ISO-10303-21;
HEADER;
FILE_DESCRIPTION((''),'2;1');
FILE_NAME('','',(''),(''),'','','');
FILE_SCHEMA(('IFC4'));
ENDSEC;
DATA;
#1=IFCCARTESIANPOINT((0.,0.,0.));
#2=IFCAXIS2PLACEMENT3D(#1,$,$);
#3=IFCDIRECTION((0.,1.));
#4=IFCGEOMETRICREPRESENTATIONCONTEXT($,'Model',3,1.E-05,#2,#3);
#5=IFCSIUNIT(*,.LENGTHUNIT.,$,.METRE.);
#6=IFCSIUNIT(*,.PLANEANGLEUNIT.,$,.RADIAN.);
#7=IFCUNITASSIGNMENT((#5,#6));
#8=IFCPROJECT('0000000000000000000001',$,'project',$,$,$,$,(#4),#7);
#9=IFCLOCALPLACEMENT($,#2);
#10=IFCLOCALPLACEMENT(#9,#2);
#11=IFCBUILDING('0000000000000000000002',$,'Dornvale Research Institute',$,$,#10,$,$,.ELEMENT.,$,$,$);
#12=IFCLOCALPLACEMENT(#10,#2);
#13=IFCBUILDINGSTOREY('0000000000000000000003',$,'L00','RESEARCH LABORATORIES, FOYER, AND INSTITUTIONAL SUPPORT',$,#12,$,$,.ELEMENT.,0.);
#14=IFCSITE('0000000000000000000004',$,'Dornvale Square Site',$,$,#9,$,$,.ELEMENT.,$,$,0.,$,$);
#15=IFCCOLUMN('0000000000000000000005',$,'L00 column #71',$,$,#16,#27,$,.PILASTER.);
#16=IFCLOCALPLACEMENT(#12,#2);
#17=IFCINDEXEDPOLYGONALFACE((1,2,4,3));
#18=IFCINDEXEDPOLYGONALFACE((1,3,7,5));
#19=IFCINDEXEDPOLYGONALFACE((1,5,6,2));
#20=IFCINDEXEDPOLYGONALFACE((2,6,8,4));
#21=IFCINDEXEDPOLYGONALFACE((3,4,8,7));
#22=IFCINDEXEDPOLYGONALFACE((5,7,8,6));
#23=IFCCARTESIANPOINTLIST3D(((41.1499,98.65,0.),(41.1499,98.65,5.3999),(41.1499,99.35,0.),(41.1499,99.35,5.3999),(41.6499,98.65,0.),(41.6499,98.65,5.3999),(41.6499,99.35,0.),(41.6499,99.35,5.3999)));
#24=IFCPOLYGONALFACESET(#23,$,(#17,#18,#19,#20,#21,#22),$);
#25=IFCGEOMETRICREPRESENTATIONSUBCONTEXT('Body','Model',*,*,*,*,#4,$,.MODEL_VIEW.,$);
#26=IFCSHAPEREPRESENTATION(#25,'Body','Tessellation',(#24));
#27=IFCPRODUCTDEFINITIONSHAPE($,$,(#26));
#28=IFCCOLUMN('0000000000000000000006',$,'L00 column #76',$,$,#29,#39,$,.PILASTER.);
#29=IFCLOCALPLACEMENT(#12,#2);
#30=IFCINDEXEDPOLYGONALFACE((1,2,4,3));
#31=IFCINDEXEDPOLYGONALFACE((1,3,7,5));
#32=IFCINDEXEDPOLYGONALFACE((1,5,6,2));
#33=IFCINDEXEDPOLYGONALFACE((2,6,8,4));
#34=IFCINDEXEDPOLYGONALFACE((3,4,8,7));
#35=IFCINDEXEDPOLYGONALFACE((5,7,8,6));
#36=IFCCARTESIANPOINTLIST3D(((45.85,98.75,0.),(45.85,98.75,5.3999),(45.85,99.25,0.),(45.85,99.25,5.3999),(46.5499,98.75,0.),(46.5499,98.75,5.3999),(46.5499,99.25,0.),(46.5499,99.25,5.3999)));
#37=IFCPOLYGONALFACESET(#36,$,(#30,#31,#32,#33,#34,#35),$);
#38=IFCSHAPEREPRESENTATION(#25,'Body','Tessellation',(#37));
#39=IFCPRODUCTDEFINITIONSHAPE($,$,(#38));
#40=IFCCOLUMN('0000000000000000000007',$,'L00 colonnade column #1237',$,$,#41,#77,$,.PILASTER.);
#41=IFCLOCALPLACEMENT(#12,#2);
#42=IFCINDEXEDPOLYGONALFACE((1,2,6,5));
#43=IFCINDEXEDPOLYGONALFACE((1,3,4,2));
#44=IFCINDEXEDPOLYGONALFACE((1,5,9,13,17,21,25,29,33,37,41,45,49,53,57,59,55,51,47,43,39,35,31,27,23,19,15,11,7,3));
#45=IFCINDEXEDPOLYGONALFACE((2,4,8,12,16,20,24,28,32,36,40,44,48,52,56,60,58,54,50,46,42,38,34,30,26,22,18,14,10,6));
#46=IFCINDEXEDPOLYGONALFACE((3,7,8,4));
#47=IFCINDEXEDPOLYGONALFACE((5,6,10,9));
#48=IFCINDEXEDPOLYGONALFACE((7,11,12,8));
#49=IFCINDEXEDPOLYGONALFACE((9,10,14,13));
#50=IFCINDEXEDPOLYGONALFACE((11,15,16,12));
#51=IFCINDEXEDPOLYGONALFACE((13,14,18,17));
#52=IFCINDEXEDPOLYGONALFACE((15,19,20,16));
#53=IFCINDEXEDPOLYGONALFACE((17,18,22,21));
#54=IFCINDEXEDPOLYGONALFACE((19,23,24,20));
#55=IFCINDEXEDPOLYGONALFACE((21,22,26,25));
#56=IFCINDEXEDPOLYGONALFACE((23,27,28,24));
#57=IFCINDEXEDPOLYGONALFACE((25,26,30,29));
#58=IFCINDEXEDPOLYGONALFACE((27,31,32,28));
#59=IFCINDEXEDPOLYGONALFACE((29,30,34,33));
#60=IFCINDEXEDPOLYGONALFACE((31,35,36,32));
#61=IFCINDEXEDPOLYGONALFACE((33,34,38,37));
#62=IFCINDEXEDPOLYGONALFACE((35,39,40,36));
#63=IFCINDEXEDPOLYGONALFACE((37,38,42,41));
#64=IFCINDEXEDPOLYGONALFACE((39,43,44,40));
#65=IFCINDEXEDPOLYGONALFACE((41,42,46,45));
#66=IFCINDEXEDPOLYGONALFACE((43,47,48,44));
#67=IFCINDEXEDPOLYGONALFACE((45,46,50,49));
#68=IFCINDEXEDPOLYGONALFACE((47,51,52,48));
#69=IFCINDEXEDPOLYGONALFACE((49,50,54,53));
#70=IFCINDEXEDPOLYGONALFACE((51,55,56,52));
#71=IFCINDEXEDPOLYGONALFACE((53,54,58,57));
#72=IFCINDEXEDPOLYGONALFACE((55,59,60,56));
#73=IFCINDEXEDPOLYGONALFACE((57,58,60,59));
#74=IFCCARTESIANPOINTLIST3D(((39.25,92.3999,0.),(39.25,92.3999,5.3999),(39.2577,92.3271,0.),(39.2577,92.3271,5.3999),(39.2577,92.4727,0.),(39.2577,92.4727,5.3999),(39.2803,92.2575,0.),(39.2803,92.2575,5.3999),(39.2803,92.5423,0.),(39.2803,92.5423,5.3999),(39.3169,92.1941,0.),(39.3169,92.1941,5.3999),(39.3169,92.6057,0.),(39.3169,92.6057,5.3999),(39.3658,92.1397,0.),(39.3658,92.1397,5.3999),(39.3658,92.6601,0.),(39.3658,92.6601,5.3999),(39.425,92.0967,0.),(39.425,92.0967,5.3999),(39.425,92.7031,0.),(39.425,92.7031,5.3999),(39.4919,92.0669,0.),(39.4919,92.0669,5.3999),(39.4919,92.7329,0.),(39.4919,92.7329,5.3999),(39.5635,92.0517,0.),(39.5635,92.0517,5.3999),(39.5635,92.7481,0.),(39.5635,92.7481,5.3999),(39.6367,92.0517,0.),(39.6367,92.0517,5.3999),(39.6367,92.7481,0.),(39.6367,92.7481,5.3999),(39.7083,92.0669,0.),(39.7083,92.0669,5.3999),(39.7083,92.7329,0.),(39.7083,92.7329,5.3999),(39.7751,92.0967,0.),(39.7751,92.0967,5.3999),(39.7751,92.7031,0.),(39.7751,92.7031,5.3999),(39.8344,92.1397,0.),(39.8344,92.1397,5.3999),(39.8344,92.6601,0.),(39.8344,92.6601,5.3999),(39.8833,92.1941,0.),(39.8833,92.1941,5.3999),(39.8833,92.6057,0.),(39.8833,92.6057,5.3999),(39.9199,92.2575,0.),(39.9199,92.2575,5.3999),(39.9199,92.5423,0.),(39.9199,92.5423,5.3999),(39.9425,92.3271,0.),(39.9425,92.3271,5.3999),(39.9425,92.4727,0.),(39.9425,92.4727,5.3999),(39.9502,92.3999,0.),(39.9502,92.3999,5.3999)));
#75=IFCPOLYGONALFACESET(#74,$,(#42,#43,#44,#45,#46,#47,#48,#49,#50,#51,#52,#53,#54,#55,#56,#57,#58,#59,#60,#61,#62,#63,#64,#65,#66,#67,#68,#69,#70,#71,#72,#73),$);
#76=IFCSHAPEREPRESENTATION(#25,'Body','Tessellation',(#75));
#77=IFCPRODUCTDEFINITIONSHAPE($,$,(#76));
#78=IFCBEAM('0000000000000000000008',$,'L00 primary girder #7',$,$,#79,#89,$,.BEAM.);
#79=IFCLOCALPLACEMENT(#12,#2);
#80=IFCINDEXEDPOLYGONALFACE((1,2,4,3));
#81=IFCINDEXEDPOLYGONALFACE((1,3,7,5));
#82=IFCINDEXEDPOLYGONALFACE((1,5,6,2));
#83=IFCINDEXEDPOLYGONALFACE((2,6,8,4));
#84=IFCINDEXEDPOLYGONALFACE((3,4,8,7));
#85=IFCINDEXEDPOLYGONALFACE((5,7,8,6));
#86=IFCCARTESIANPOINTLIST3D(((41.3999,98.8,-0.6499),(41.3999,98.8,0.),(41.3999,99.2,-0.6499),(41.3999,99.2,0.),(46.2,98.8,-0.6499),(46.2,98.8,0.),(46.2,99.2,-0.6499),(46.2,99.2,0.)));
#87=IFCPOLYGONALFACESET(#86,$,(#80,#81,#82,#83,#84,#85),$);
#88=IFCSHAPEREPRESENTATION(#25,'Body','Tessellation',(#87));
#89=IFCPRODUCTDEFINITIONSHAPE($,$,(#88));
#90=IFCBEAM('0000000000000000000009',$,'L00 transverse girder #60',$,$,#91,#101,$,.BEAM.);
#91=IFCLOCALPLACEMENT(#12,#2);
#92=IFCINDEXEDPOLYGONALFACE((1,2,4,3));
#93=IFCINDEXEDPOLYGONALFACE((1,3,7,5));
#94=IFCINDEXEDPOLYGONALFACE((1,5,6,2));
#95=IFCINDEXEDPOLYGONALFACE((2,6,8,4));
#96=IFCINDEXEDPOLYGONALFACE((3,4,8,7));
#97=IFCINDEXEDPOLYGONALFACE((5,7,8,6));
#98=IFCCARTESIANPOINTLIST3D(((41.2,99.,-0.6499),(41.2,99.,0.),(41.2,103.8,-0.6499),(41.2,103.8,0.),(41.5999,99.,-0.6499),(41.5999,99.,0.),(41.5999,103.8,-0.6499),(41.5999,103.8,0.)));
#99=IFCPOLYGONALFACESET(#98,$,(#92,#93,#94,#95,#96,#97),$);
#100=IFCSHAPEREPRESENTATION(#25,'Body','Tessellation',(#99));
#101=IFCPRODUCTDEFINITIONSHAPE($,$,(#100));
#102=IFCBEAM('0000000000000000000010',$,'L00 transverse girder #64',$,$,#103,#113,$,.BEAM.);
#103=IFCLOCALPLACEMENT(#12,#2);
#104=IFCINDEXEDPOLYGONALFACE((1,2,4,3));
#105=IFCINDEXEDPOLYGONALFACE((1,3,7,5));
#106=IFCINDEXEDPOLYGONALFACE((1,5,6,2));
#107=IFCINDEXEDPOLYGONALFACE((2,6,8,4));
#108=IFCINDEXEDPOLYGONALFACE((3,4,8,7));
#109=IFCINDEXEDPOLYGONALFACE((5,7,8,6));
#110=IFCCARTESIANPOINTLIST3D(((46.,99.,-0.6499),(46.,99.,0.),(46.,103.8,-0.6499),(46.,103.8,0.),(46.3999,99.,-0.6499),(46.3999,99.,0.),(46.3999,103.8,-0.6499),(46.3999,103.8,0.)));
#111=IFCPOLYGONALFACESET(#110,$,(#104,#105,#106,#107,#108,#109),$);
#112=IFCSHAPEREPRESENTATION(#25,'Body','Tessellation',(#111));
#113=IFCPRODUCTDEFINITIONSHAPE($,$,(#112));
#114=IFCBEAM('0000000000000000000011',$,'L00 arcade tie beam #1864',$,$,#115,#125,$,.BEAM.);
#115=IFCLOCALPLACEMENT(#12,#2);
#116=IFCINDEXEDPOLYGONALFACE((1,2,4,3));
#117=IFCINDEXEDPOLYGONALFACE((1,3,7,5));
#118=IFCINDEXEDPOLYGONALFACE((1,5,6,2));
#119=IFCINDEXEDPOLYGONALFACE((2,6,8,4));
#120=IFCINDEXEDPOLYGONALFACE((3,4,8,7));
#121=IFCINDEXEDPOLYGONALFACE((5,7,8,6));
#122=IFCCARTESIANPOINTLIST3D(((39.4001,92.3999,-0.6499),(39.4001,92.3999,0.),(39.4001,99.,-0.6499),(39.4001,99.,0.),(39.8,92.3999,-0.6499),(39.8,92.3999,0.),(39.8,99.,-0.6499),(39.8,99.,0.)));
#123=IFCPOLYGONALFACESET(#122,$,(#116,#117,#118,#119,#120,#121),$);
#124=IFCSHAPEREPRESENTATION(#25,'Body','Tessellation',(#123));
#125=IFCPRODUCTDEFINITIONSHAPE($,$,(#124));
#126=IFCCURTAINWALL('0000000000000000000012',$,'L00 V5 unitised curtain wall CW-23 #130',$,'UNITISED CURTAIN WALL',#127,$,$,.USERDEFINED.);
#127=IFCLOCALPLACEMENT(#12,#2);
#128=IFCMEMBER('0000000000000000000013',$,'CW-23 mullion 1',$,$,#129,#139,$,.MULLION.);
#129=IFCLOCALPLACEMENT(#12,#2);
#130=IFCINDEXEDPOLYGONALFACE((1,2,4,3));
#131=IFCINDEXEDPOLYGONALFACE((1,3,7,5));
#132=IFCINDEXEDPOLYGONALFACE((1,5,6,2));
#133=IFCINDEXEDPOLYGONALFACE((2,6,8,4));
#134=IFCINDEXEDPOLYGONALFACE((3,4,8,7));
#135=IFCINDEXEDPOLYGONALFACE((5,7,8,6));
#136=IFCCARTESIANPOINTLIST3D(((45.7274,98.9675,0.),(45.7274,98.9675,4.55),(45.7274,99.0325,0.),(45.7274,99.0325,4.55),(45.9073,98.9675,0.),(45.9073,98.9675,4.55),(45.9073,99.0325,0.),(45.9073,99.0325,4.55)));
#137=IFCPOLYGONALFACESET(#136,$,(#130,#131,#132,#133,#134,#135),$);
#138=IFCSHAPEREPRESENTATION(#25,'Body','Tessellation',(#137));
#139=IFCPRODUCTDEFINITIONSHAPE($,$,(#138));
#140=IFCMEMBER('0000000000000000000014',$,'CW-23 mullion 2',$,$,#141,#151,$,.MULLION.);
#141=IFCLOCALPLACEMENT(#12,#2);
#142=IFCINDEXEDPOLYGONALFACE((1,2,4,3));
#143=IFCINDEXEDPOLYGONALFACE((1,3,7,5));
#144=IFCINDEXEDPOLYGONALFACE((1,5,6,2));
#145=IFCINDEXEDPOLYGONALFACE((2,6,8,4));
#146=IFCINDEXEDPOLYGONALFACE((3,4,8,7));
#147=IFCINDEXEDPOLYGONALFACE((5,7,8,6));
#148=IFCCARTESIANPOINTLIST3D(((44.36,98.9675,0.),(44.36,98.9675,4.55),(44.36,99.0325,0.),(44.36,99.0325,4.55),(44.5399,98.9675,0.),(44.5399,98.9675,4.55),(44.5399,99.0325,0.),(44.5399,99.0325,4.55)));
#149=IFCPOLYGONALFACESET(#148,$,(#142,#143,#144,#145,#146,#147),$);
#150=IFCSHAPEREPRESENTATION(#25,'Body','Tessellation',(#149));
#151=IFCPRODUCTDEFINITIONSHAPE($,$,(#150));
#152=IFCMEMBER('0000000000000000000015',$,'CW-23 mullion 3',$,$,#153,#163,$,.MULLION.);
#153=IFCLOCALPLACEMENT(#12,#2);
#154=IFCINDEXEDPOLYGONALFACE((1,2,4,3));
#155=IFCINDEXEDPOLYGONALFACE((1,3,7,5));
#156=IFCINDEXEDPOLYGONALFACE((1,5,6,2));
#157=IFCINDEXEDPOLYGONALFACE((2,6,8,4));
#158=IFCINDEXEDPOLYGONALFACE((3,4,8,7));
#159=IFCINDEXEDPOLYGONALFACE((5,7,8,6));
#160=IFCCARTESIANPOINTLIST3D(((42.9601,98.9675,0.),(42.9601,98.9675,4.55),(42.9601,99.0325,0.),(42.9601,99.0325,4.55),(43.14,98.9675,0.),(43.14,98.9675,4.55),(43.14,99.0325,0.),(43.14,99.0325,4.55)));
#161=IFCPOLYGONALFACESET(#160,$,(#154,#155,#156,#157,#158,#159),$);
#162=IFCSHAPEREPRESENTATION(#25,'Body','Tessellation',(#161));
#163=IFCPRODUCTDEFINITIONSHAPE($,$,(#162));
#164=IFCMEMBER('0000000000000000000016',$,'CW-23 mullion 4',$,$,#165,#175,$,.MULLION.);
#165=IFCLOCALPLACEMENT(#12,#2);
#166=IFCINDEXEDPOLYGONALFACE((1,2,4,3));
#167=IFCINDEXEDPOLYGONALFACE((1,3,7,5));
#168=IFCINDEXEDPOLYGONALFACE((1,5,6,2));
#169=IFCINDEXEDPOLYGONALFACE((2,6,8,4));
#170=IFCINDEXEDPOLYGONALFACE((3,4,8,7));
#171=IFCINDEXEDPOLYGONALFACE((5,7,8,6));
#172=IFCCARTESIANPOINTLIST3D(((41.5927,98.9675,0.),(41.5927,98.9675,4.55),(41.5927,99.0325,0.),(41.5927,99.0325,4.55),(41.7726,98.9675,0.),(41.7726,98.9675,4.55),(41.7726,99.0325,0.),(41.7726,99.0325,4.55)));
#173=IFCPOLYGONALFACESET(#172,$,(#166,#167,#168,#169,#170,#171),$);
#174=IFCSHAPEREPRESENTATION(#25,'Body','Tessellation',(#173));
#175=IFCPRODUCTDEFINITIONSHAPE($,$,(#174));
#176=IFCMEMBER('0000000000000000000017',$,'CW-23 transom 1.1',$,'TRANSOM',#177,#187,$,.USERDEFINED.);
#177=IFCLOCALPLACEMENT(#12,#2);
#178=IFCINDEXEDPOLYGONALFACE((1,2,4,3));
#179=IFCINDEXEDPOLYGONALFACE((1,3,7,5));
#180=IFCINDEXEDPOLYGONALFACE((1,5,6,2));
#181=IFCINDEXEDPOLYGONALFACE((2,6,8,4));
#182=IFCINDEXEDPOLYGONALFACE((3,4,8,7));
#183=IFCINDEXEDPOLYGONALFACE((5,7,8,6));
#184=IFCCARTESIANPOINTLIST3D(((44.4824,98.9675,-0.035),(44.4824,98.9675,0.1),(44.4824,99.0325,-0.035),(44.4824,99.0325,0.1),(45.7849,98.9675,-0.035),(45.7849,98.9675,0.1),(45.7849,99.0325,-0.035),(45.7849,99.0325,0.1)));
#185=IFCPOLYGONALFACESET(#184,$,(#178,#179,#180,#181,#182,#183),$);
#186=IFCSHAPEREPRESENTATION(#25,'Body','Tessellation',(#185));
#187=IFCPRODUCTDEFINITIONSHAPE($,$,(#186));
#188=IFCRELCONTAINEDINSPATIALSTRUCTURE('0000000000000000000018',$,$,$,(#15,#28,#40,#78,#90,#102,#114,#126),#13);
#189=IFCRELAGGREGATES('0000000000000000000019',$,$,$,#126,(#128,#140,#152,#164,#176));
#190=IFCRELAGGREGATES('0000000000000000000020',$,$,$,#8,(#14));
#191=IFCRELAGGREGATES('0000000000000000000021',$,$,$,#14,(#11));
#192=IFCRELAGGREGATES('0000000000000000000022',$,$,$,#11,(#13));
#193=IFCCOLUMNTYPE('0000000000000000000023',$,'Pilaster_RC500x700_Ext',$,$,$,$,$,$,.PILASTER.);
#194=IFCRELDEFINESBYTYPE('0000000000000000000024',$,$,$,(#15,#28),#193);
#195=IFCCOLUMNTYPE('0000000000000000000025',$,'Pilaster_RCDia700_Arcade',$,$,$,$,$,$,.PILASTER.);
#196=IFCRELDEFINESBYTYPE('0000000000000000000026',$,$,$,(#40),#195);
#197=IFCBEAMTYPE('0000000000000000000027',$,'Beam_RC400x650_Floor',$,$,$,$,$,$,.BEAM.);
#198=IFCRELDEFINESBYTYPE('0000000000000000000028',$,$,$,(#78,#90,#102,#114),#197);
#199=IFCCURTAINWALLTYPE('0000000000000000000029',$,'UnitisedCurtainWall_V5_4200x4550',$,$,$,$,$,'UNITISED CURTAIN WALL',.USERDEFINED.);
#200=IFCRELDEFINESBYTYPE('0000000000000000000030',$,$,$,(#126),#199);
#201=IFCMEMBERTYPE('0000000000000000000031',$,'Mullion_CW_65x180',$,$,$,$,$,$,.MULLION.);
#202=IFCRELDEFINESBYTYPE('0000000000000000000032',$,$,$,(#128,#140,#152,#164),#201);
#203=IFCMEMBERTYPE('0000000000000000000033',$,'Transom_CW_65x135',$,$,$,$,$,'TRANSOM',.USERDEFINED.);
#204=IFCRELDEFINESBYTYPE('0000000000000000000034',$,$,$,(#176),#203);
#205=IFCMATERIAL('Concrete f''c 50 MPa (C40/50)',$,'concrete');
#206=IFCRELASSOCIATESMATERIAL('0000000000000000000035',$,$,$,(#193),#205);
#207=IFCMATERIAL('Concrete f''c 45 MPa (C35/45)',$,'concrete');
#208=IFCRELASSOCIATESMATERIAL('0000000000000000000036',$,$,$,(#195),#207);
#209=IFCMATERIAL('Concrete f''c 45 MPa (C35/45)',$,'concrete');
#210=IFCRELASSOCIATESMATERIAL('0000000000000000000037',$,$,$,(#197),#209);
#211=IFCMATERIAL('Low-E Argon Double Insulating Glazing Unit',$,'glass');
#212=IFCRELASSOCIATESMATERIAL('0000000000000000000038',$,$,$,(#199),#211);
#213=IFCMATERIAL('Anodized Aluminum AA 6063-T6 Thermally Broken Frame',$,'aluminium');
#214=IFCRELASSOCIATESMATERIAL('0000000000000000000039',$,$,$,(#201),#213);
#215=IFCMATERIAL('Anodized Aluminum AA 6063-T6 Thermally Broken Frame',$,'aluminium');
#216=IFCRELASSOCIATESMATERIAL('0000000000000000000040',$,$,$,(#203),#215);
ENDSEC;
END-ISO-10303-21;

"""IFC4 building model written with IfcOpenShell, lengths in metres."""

from ifc_helpers import new_model, si_unit, direction, frame, origin, origin_2d, place, context, subcontext, project, spatial, rectangle, circle, extrude, material, material_profile, profile_set, type_object, element, aggregate, save


model = new_model("IFC4")

# Units and contexts
model_context = context("Model", 3, precision=1e-05, world=origin(), true_north=direction((0.0, 1.0)))
body_context = subcontext(model_context, "Body", "Model", "MODEL_VIEW")
ifc_project = project(units=[si_unit("LENGTHUNIT", "METRE"), si_unit("PLANEANGLEUNIT", "RADIAN")], contexts=[model_context])

# Site, building, storey
site_placement = place(None, origin())
site = spatial("IfcSite", under=ifc_project, at=site_placement, Name="Dornvale Square Site", CompositionType="ELEMENT", RefElevation=0.0)
building_placement = place(site_placement, origin())
building = spatial("IfcBuilding", under=site, at=building_placement, Name="Dornvale Research Institute", CompositionType="ELEMENT")
storey_placement = place(building_placement, origin())
storey = spatial("IfcBuildingStorey", under=building, at=storey_placement, Name="L00", Description="RESEARCH LABORATORIES, FOYER, AND INSTITUTIONAL SUPPORT", CompositionType="ELEMENT", Elevation=0.0)

# Columns
ifc_material_1 = material(Name="Concrete f'c 50 MPa (C40/50)", Category="concrete")
ifc_material_profile_1 = material_profile(ifc_material_1, rectangle(XDim=0.5, YDim=0.7, at=origin_2d()), Name="RC 500x700")
ifc_profile_set_1 = profile_set([ifc_material_profile_1], Name="Concrete f'c 50 MPa (C40/50)")
column_type_1 = type_object("IfcColumnType", Name="Pilaster_RC500x700_Ext", PredefinedType="PILASTER", material=ifc_profile_set_1)
for number, where, z_axis, x_axis, name in (
    (1, (41.3999, 99.0, 0.0), (0.0, 0.0, 1.0), (1.0, 0.0, 0.0), "L00 column #71"),
    (2, (46.2, 99.0, 0.0), (0.0, 0.0, 1.0), (0.0, 1.0, 0.0), "L00 column #76"),
):
    element("IfcColumn", number, at=place(storey_placement, frame(where, z_axis=z_axis, x_axis=x_axis)), inside=storey, type_object=column_type_1, Name=name, PredefinedType="PILASTER", context=body_context, shape_type="SweptSolid", body=[
        extrude(rectangle(XDim=0.5, YDim=0.7, at=origin_2d()), origin(), (0.0, 0.0, 1.0), 5.3999),
    ])
ifc_material_2 = material(Name="Concrete f'c 45 MPa (C35/45)", Category="concrete")
ifc_material_profile_2 = material_profile(ifc_material_2, circle(Radius=0.3501, at=origin_2d()), Name="RC DIA 700")
ifc_profile_set_2 = profile_set([ifc_material_profile_2], Name="Concrete f'c 45 MPa (C35/45)")
column_type_2 = type_object("IfcColumnType", Name="Pilaster_RCDia700_Arcade", PredefinedType="PILASTER", material=ifc_profile_set_2)
column_placement = place(storey_placement, frame((39.6001, 92.3999, 0.0), z_axis=(0.0, 0.0, 1.0), x_axis=(1.0, 0.0, 0.0)))
element("IfcColumn", 3, at=column_placement, inside=storey, type_object=column_type_2, Name="L00 colonnade column #1237", PredefinedType="PILASTER", context=body_context, shape_type="SweptSolid", body=[
    extrude(circle(Radius=0.3501, at=origin_2d()), origin(), (0.0, 0.0, 1.0), 5.3999),
])

# Beams
ifc_material_3 = material(Name="Concrete f'c 45 MPa (C35/45)", Category="concrete")
ifc_material_profile_3 = material_profile(ifc_material_3, rectangle(XDim=0.3999, YDim=0.6499, at=origin_2d()), Name="RC 400x650")
ifc_profile_set_3 = profile_set([ifc_material_profile_3], Name="Concrete f'c 45 MPa (C35/45)")
beam_type = type_object("IfcBeamType", Name="Beam_RC400x650_Floor", PredefinedType="BEAM", material=ifc_profile_set_3)
for number, where, z_axis, x_axis, name in (
    (4, (41.3999, 99.0, -0.325), (1.0, 0.0, 0.0), (0.0, 1.0, 0.0), "L00 primary girder #7"),
    (5, (41.3999, 99.0, -0.325), (0.0, 1.0, 0.0), (-1.0, 0.0, 0.0), "L00 transverse girder #60"),
    (6, (46.2, 99.0, -0.325), (0.0, 1.0, 0.0), (-1.0, 0.0, 0.0), "L00 transverse girder #64"),
):
    element("IfcBeam", number, at=place(storey_placement, frame(where, z_axis=z_axis, x_axis=x_axis)), inside=storey, type_object=beam_type, Name=name, PredefinedType="BEAM", context=body_context, shape_type="SweptSolid", body=[
        extrude(rectangle(XDim=0.3999, YDim=0.6499, at=origin_2d()), origin(), (0.0, 0.0, 1.0), 4.8),
    ])
beam_placement = place(storey_placement, frame((39.6001, 92.3999, -0.325), z_axis=(0.0, 1.0, 0.0), x_axis=(-1.0, 0.0, 0.0)))
element("IfcBeam", 7, at=beam_placement, inside=storey, type_object=beam_type, Name="L00 arcade tie beam #1864", PredefinedType="BEAM", context=body_context, shape_type="SweptSolid", body=[
    extrude(rectangle(XDim=0.3999, YDim=0.6499, at=origin_2d()), origin(), (0.0, 0.0, 1.0), 6.6001),
])

# Curtain wall, members
ifc_material_4 = material(Name="Low-E Argon Double Insulating Glazing Unit", Category="glass")
curtain_wall_type = type_object("IfcCurtainWallType", Name="UnitisedCurtainWall_V5_4200x4550", ElementType="UNITISED CURTAIN WALL", PredefinedType="USERDEFINED", material=ifc_material_4)
curtain_wall_placement = place(storey_placement, origin())
curtain_wall = element("IfcCurtainWall", 8, at=curtain_wall_placement, inside=storey, type_object=curtain_wall_type, Name="L00 V5 unitised curtain wall CW-23 #130", ObjectType="UNITISED CURTAIN WALL", PredefinedType="USERDEFINED")
ifc_material_5 = material(Name="Anodized Aluminum AA 6063-T6 Thermally Broken Frame", Category="aluminium")
ifc_material_profile_4 = material_profile(ifc_material_5, rectangle(XDim=0.0649, YDim=0.1799, at=origin_2d()), Name="ALU MULLION 65x180")
ifc_profile_set_4 = profile_set([ifc_material_profile_4], Name="Anodized Aluminum AA 6063-T6 Thermally Broken Frame")
member_type_1 = type_object("IfcMemberType", Name="Mullion_CW_65x180", PredefinedType="MULLION", material=ifc_profile_set_4)
member_1_placement = place(storey_placement, frame((45.8174, 99.0, 0.0), z_axis=(0.0, 0.0, 1.0), x_axis=(0.0, -1.0, 0.0)))
member_1 = element("IfcMember", 9, at=member_1_placement, type_object=member_type_1, Name="CW-23 mullion 1", PredefinedType="MULLION", context=body_context, shape_type="SweptSolid", body=[
    extrude(rectangle(XDim=0.0649, YDim=0.1799, at=origin_2d()), origin(), (0.0, 0.0, 1.0), 4.55),
])
member_2_placement = place(storey_placement, frame((44.45, 99.0, 0.0), z_axis=(0.0, 0.0, 1.0), x_axis=(0.0, -1.0, 0.0)))
member_2 = element("IfcMember", 10, at=member_2_placement, type_object=member_type_1, Name="CW-23 mullion 2", PredefinedType="MULLION", context=body_context, shape_type="SweptSolid", body=[
    extrude(rectangle(XDim=0.0649, YDim=0.1799, at=origin_2d()), origin(), (0.0, 0.0, 1.0), 4.55),
])
member_3_placement = place(storey_placement, frame((43.05, 99.0, 0.0), z_axis=(0.0, 0.0, 1.0), x_axis=(0.0, -1.0, 0.0)))
member_3 = element("IfcMember", 11, at=member_3_placement, type_object=member_type_1, Name="CW-23 mullion 3", PredefinedType="MULLION", context=body_context, shape_type="SweptSolid", body=[
    extrude(rectangle(XDim=0.0649, YDim=0.1799, at=origin_2d()), origin(), (0.0, 0.0, 1.0), 4.55),
])
member_4_placement = place(storey_placement, frame((41.6826, 99.0, 0.0), z_axis=(0.0, 0.0, 1.0), x_axis=(0.0, -1.0, 0.0)))
member_4 = element("IfcMember", 12, at=member_4_placement, type_object=member_type_1, Name="CW-23 mullion 4", PredefinedType="MULLION", context=body_context, shape_type="SweptSolid", body=[
    extrude(rectangle(XDim=0.0649, YDim=0.1799, at=origin_2d()), origin(), (0.0, 0.0, 1.0), 4.55),
])
ifc_material_6 = material(Name="Anodized Aluminum AA 6063-T6 Thermally Broken Frame", Category="aluminium")
ifc_material_profile_5 = material_profile(ifc_material_6, rectangle(XDim=0.0649, YDim=0.135, at=origin_2d()), Name="ALU TRANSOM 65x135")
ifc_profile_set_5 = profile_set([ifc_material_profile_5], Name="Anodized Aluminum AA 6063-T6 Thermally Broken Frame")
member_type_2 = type_object("IfcMemberType", Name="Transom_CW_65x135", ElementType="TRANSOM", PredefinedType="USERDEFINED", material=ifc_profile_set_5)
member_5_placement = place(storey_placement, frame((45.7849, 99.0, 0.0325), z_axis=(-1.0, 0.0, 0.0), x_axis=(0.0, -1.0, 0.0)))
member_5 = element("IfcMember", 13, at=member_5_placement, type_object=member_type_2, Name="CW-23 transom 1.1", ObjectType="TRANSOM", PredefinedType="USERDEFINED", context=body_context, shape_type="SweptSolid", body=[
    extrude(rectangle(XDim=0.0649, YDim=0.135, at=origin_2d()), origin(), (0.0, 0.0, 1.0), 1.3025),
])
aggregate(curtain_wall, [member_1, member_2, member_3, member_4, member_5])

save(model, "model.ifc")
